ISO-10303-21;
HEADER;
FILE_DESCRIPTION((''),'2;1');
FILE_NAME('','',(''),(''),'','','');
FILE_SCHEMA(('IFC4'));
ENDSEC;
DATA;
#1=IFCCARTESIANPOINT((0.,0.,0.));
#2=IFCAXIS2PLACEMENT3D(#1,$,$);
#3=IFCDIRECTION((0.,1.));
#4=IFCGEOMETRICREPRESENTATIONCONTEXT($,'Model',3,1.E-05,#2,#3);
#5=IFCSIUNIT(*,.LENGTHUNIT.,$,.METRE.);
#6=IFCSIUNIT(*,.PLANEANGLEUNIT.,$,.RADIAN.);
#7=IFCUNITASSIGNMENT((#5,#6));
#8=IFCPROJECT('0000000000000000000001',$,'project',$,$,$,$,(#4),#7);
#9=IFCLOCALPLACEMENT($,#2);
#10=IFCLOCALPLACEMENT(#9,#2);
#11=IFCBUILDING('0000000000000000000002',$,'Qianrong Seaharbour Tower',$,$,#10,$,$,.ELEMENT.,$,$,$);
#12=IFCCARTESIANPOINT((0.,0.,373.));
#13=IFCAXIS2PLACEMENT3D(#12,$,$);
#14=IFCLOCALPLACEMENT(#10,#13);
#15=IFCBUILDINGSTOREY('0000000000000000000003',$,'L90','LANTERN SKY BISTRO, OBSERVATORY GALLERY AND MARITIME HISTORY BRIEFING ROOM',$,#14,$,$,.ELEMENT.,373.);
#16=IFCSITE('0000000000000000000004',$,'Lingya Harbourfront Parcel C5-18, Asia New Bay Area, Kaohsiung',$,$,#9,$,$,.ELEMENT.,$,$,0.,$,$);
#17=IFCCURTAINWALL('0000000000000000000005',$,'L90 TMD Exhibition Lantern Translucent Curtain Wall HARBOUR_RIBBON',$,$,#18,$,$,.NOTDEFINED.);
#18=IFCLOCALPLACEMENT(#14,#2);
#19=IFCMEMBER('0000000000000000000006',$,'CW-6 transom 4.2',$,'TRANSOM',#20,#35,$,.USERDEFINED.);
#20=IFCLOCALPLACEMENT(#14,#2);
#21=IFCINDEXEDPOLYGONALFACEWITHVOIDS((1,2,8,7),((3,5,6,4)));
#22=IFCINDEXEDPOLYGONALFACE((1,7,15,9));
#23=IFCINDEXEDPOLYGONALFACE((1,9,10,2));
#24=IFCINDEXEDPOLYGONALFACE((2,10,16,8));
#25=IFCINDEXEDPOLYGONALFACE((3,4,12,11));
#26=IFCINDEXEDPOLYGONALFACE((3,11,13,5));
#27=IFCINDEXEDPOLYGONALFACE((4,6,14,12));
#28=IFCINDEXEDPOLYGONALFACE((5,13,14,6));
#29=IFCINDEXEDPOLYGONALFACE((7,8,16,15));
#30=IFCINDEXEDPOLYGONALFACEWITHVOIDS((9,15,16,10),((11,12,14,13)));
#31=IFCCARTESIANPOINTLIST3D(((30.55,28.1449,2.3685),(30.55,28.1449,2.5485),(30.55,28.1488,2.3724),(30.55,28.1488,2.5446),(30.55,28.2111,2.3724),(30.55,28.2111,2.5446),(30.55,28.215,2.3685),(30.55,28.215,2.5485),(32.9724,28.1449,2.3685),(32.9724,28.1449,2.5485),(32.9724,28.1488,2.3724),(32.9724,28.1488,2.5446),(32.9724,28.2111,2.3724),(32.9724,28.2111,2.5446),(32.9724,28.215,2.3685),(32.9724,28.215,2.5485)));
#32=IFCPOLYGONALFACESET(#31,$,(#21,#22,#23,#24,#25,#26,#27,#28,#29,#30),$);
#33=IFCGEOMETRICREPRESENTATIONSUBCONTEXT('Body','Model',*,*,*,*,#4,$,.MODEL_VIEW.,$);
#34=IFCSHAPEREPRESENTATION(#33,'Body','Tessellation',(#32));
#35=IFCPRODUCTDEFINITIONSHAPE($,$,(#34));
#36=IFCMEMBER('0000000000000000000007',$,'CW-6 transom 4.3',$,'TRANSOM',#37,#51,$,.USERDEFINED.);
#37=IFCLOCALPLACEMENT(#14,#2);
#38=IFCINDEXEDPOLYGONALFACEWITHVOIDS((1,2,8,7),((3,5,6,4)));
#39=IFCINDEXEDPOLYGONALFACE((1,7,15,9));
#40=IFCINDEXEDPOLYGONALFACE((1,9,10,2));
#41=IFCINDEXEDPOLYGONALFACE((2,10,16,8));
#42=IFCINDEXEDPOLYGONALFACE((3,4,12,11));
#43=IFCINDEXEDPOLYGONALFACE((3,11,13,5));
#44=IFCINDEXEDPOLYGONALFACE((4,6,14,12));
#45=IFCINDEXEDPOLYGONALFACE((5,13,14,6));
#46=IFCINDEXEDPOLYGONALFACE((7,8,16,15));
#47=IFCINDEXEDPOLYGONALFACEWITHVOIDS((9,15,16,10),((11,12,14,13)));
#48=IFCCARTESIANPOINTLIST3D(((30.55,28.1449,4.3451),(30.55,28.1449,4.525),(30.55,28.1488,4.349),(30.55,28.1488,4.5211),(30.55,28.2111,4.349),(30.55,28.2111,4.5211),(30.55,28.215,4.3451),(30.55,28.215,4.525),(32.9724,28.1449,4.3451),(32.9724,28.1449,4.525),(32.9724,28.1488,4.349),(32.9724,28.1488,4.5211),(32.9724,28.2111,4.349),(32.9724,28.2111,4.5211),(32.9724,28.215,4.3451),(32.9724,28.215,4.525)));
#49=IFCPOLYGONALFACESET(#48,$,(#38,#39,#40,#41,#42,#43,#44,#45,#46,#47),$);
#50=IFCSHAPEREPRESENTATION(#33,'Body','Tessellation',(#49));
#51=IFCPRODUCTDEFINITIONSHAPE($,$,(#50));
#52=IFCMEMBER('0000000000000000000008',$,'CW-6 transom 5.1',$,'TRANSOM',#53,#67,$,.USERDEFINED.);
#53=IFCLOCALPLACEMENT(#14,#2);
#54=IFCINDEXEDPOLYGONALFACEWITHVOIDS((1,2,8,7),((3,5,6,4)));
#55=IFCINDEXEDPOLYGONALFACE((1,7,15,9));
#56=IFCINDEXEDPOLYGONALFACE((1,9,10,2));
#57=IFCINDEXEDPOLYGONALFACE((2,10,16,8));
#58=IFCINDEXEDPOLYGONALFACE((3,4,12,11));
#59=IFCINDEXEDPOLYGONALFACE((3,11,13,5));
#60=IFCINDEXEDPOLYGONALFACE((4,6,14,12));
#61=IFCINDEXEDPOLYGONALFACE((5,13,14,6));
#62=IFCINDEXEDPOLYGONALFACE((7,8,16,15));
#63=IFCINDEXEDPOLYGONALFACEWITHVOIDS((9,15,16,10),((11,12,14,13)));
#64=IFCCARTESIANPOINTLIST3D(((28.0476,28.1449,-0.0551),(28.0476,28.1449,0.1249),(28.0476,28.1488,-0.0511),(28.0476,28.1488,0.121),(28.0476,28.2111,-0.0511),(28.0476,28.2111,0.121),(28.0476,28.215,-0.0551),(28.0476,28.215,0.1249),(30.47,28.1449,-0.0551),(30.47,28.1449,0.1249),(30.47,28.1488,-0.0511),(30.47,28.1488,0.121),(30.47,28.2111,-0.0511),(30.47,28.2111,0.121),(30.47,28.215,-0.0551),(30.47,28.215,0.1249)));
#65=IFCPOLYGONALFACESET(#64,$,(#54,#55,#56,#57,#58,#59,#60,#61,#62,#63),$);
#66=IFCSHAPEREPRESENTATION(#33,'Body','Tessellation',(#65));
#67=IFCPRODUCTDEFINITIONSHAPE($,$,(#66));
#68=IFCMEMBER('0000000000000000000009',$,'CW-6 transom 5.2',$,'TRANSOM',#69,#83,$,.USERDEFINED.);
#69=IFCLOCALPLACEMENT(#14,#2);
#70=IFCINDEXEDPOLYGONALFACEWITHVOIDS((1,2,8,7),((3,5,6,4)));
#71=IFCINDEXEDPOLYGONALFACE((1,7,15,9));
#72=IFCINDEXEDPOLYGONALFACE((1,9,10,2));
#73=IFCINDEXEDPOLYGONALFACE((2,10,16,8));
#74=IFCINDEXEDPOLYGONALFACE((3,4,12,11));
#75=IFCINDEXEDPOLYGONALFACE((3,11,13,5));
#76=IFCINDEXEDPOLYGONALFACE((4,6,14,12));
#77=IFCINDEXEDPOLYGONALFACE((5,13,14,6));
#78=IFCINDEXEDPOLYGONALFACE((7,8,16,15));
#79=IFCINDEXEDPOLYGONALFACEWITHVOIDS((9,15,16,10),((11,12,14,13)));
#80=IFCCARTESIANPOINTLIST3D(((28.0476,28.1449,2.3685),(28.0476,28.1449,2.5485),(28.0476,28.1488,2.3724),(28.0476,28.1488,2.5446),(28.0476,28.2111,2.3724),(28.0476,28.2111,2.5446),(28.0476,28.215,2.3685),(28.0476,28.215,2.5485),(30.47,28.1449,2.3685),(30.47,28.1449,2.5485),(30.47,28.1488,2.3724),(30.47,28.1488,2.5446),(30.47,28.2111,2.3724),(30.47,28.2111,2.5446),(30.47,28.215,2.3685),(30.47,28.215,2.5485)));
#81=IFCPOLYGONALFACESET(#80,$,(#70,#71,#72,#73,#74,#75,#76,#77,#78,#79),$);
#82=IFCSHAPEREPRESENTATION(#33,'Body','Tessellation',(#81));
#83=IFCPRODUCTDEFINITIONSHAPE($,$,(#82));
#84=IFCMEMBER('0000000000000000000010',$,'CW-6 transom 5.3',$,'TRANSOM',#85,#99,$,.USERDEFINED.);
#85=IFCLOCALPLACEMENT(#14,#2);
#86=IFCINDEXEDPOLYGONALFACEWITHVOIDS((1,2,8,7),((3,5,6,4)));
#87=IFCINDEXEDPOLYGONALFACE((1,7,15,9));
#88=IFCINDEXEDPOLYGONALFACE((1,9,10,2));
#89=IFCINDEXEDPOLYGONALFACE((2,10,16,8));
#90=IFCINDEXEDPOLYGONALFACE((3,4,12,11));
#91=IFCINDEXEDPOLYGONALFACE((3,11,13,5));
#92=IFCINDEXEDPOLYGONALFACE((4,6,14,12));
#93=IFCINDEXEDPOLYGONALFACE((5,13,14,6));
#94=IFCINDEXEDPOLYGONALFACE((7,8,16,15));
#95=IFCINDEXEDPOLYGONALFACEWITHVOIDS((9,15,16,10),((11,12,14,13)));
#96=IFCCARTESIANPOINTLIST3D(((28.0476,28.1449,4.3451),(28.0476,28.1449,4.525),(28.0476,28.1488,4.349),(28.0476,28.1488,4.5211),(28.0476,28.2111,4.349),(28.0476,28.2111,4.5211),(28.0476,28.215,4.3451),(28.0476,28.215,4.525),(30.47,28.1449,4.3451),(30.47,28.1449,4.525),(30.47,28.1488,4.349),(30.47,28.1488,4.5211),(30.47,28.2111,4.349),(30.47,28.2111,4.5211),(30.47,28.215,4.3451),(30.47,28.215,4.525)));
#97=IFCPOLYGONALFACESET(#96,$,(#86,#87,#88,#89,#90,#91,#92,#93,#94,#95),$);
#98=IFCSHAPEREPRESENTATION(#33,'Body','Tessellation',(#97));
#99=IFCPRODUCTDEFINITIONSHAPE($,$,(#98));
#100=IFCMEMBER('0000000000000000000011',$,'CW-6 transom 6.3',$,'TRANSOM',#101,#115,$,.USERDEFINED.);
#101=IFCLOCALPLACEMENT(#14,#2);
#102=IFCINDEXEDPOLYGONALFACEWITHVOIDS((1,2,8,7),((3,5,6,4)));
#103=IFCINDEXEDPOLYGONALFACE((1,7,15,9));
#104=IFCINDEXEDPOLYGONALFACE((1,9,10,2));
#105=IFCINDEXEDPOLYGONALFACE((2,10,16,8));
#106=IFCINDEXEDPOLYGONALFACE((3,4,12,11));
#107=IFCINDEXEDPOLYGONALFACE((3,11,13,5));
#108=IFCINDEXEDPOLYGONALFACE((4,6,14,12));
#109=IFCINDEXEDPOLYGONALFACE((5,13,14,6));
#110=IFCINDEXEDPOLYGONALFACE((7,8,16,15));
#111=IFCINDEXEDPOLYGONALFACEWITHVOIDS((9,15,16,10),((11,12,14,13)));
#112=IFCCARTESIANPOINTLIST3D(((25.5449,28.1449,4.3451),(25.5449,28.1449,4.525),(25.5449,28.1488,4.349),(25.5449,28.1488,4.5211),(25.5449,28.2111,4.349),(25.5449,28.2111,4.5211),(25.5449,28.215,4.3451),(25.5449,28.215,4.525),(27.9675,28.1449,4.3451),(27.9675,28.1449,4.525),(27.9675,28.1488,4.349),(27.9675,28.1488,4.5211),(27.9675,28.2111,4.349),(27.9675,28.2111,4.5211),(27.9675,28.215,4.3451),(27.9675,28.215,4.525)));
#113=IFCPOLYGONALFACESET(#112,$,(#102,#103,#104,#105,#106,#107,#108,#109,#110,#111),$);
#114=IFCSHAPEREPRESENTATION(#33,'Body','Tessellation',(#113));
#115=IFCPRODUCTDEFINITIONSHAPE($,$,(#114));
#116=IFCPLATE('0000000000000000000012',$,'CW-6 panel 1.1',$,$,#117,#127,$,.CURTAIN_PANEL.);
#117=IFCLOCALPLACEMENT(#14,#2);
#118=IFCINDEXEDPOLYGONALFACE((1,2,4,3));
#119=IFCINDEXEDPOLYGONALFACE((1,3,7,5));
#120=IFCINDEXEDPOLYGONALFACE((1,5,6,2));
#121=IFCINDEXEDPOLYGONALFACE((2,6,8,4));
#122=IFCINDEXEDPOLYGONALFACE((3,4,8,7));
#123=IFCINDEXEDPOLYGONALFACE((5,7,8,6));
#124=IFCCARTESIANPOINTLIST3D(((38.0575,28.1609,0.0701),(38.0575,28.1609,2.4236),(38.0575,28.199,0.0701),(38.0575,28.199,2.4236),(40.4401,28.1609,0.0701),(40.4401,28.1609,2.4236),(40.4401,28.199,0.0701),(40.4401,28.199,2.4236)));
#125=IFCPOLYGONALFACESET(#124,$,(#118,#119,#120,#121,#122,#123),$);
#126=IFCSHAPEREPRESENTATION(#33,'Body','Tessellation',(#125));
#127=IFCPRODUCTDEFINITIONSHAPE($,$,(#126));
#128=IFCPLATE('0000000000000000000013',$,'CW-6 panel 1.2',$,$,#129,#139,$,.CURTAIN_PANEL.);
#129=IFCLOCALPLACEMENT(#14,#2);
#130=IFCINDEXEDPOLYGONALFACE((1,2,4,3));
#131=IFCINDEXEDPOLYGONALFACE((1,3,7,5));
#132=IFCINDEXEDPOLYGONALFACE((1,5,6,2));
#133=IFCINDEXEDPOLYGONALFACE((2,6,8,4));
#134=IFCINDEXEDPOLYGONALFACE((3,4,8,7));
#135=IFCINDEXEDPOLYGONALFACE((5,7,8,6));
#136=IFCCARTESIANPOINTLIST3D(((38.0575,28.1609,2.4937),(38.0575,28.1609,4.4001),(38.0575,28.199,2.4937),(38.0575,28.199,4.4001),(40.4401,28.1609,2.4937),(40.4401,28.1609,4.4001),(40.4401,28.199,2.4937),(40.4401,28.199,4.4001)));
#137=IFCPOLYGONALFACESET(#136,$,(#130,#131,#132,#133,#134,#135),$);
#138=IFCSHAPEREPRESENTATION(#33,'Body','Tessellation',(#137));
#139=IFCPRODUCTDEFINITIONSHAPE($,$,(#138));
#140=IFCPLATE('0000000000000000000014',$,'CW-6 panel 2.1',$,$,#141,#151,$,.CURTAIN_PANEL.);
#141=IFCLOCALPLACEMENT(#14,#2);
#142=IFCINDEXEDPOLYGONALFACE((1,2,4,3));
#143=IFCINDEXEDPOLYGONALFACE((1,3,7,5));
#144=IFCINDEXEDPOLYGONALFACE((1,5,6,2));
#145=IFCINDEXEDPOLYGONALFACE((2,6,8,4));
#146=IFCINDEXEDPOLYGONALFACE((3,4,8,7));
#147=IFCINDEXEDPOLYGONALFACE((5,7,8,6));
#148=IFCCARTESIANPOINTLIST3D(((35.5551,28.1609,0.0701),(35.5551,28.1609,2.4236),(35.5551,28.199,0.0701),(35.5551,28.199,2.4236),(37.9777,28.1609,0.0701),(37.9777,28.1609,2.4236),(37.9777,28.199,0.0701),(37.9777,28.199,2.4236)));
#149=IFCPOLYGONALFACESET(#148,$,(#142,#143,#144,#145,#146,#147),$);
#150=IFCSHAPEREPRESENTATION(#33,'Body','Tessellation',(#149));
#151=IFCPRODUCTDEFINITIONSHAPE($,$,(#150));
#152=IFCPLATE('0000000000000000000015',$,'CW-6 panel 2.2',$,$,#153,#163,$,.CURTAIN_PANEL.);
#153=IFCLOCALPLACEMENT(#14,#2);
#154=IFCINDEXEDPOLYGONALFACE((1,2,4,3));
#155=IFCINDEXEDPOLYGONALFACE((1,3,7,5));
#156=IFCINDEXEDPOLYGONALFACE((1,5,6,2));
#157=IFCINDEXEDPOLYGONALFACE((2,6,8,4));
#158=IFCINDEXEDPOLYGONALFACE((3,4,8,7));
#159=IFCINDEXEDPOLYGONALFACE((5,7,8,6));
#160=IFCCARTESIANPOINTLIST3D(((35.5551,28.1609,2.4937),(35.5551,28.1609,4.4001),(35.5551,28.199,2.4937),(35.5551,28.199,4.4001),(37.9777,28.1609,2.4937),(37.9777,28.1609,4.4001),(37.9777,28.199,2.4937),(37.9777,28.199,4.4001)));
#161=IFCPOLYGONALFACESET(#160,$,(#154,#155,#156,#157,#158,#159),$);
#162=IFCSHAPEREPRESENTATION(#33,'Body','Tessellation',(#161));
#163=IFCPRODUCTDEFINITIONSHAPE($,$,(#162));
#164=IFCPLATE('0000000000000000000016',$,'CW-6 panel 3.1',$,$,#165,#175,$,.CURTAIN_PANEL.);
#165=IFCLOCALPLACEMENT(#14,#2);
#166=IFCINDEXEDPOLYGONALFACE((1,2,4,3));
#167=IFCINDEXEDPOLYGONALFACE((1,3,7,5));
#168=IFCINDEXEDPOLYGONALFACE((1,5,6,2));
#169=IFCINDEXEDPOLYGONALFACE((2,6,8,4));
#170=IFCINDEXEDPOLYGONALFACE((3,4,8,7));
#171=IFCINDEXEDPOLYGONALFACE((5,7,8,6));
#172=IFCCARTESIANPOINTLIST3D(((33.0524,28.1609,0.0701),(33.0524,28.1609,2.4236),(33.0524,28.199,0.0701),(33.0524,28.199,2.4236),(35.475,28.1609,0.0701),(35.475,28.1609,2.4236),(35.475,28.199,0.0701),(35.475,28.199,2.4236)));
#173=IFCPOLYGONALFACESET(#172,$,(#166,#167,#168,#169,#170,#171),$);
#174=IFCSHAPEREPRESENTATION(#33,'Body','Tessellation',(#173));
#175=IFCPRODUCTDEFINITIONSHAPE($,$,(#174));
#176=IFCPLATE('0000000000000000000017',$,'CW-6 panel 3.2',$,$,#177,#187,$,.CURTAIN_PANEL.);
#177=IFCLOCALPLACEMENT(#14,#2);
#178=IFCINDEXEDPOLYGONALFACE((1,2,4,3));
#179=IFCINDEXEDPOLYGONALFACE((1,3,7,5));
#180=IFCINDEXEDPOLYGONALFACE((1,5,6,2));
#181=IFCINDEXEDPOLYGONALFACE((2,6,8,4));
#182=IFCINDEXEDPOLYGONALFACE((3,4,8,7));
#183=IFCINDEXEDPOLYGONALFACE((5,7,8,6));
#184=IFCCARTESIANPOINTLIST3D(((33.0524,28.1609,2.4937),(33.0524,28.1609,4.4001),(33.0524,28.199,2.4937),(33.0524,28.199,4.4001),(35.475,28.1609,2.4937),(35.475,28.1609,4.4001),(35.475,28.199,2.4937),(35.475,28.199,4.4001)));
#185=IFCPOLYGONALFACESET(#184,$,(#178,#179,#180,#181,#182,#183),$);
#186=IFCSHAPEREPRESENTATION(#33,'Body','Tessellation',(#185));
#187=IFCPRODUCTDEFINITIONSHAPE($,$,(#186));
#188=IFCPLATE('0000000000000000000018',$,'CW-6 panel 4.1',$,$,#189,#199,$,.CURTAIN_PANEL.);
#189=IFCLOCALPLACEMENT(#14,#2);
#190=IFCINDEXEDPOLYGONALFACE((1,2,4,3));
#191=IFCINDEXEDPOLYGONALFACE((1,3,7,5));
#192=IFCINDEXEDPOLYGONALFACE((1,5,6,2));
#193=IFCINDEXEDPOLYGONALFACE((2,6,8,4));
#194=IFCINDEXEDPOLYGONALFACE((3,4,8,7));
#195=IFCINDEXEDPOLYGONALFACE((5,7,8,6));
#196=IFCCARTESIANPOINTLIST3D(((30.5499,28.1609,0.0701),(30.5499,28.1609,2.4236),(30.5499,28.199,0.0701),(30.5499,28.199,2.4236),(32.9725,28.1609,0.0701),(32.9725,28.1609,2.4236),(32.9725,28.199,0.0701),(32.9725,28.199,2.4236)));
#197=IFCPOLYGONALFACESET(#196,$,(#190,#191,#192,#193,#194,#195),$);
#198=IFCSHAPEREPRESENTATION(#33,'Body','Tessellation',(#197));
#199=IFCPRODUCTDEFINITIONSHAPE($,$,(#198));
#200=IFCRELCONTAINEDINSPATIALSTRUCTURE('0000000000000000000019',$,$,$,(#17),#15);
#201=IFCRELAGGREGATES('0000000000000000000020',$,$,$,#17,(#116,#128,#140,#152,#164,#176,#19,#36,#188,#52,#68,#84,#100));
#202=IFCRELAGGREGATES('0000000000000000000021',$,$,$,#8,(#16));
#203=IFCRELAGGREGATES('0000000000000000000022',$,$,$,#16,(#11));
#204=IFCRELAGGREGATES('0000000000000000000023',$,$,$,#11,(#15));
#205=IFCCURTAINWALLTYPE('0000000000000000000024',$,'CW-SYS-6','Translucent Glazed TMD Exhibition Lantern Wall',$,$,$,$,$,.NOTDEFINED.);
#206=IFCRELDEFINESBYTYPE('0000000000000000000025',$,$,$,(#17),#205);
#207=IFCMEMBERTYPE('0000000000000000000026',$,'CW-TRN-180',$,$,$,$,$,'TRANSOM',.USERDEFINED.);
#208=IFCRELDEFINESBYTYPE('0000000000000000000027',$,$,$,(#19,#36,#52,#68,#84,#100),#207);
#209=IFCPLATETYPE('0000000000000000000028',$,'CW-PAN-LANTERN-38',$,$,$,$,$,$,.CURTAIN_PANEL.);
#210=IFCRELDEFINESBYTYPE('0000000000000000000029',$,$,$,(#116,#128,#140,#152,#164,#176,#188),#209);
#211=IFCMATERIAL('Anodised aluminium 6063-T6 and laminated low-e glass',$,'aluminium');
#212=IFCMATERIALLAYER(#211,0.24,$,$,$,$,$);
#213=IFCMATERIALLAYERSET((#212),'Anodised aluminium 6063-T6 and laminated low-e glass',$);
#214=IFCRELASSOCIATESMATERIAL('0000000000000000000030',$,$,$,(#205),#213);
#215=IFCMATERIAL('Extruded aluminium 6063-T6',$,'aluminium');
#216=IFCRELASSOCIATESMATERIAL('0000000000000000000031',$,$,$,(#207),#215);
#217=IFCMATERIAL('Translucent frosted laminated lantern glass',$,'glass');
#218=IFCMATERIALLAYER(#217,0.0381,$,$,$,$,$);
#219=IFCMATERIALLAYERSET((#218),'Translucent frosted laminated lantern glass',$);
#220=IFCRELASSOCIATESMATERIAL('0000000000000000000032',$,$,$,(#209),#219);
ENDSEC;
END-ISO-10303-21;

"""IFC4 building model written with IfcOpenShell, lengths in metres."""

from ifc_helpers import new_model, si_unit, direction, frame, origin, origin_2d, place, context, subcontext, project, spatial, rectangle, hollow_rectangle, extrude, material, layer, layer_set, material_profile, profile_set, type_object, element, aggregate, save


model = new_model("IFC4")

# Units and contexts
model_context = context("Model", 3, precision=1e-05, world=origin(), true_north=direction((0.0, 1.0)))
body_context = subcontext(model_context, "Body", "Model", "MODEL_VIEW")
ifc_project = project(units=[si_unit("LENGTHUNIT", "METRE"), si_unit("PLANEANGLEUNIT", "RADIAN")], contexts=[model_context])

# Site, building, storey
site_placement = place(None, origin())
site = spatial("IfcSite", under=ifc_project, at=site_placement, Name="Lingya Harbourfront Parcel C5-18, Asia New Bay Area, Kaohsiung", CompositionType="ELEMENT", RefElevation=0.0)
building_placement = place(site_placement, origin())
building = spatial("IfcBuilding", under=site, at=building_placement, Name="Qianrong Seaharbour Tower", CompositionType="ELEMENT")
storey_placement = place(building_placement, frame((0.0, 0.0, 373.0)))
storey = spatial("IfcBuildingStorey", under=building, at=storey_placement, Name="L90", Description="LANTERN SKY BISTRO, OBSERVATORY GALLERY AND MARITIME HISTORY BRIEFING ROOM", CompositionType="ELEMENT", Elevation=373.0)

# Curtain wall, members, plates
ifc_material_1 = material(Name="Anodised aluminium 6063-T6 and laminated low-e glass", Category="aluminium")
ifc_layer_1 = layer(ifc_material_1, 0.24)
ifc_layer_set_1 = layer_set([ifc_layer_1], Name="Anodised aluminium 6063-T6 and laminated low-e glass")
curtain_wall_type = type_object("IfcCurtainWallType", Name="CW-SYS-6", Description="Translucent Glazed TMD Exhibition Lantern Wall", PredefinedType="NOTDEFINED", material=ifc_layer_set_1)
curtain_wall_placement = place(storey_placement, origin())
curtain_wall = element("IfcCurtainWall", 1, at=curtain_wall_placement, inside=storey, type_object=curtain_wall_type, Name="L90 TMD Exhibition Lantern Translucent Curtain Wall HARBOUR_RIBBON", PredefinedType="NOTDEFINED")
ifc_material_2 = material(Name="Extruded aluminium 6063-T6", Category="aluminium")
ifc_material_profile_1 = material_profile(ifc_material_2, hollow_rectangle(XDim=0.0701, YDim=0.1799, WallThickness=0.0039, at=origin_2d()), Name="ALU-TRN-180x70x4")
ifc_profile_set_1 = profile_set([ifc_material_profile_1], Name="Extruded aluminium 6063-T6")
member_type_1 = type_object("IfcMemberType", Name="CW-TRN-180", ElementType="TRANSOM", PredefinedType="USERDEFINED", material=ifc_profile_set_1)
member_1_placement = place(storey_placement, frame((32.9724, 28.1799, 2.4585), z_axis=(-1.0, 0.0, 0.0), x_axis=(0.0, -1.0, 0.0)))
member_1 = element("IfcMember", 2, at=member_1_placement, type_object=member_type_1, Name="CW-6 transom 4.2", ObjectType="TRANSOM", PredefinedType="USERDEFINED", context=body_context, shape_type="SweptSolid", body=[
    extrude(hollow_rectangle(XDim=0.0701, YDim=0.1799, WallThickness=0.0039, at=origin_2d()), origin(), (0.0, 0.0, 1.0), 2.4224),
])
member_2_placement = place(storey_placement, frame((32.9724, 28.1799, 4.4351), z_axis=(-1.0, 0.0, 0.0), x_axis=(0.0, -1.0, 0.0)))
member_2 = element("IfcMember", 3, at=member_2_placement, type_object=member_type_1, Name="CW-6 transom 4.3", ObjectType="TRANSOM", PredefinedType="USERDEFINED", context=body_context, shape_type="SweptSolid", body=[
    extrude(hollow_rectangle(XDim=0.0701, YDim=0.1799, WallThickness=0.0039, at=origin_2d()), origin(), (0.0, 0.0, 1.0), 2.4224),
])
member_3_placement = place(storey_placement, frame((30.47, 28.1799, 0.0349), z_axis=(-1.0, 0.0, 0.0), x_axis=(0.0, -1.0, 0.0)))
member_3 = element("IfcMember", 4, at=member_3_placement, type_object=member_type_1, Name="CW-6 transom 5.1", ObjectType="TRANSOM", PredefinedType="USERDEFINED", context=body_context, shape_type="SweptSolid", body=[
    extrude(hollow_rectangle(XDim=0.0701, YDim=0.1799, WallThickness=0.0039, at=origin_2d()), origin(), (0.0, 0.0, 1.0), 2.4224),
])
member_4_placement = place(storey_placement, frame((30.47, 28.1799, 2.4585), z_axis=(-1.0, 0.0, 0.0), x_axis=(0.0, -1.0, 0.0)))
member_4 = element("IfcMember", 5, at=member_4_placement, type_object=member_type_1, Name="CW-6 transom 5.2", ObjectType="TRANSOM", PredefinedType="USERDEFINED", context=body_context, shape_type="SweptSolid", body=[
    extrude(hollow_rectangle(XDim=0.0701, YDim=0.1799, WallThickness=0.0039, at=origin_2d()), origin(), (0.0, 0.0, 1.0), 2.4224),
])
member_5_placement = place(storey_placement, frame((30.47, 28.1799, 4.4351), z_axis=(-1.0, 0.0, 0.0), x_axis=(0.0, -1.0, 0.0)))
member_5 = element("IfcMember", 6, at=member_5_placement, type_object=member_type_1, Name="CW-6 transom 5.3", ObjectType="TRANSOM", PredefinedType="USERDEFINED", context=body_context, shape_type="SweptSolid", body=[
    extrude(hollow_rectangle(XDim=0.0701, YDim=0.1799, WallThickness=0.0039, at=origin_2d()), origin(), (0.0, 0.0, 1.0), 2.4224),
])
member_6_placement = place(storey_placement, frame((27.9675, 28.1799, 4.4351), z_axis=(-1.0, 0.0, 0.0), x_axis=(0.0, -1.0, 0.0)))
member_6 = element("IfcMember", 7, at=member_6_placement, type_object=member_type_1, Name="CW-6 transom 6.3", ObjectType="TRANSOM", PredefinedType="USERDEFINED", context=body_context, shape_type="SweptSolid", body=[
    extrude(hollow_rectangle(XDim=0.0701, YDim=0.1799, WallThickness=0.0039, at=origin_2d()), origin(), (0.0, 0.0, 1.0), 2.4226),
])
ifc_material_3 = material(Name="Translucent frosted laminated lantern glass", Category="glass")
ifc_layer_2 = layer(ifc_material_3, 0.0381)
ifc_layer_set_2 = layer_set([ifc_layer_2], Name="Translucent frosted laminated lantern glass")
plate_type = type_object("IfcPlateType", Name="CW-PAN-LANTERN-38", PredefinedType="CURTAIN_PANEL", material=ifc_layer_set_2)
plate_1_placement = place(storey_placement, frame((39.2488, 28.1799, 0.0701), z_axis=(0.0, 0.0, 1.0), x_axis=(-1.0, 0.0, 0.0)))
plate_1 = element("IfcPlate", 8, at=plate_1_placement, type_object=plate_type, Name="CW-6 panel 1.1", PredefinedType="CURTAIN_PANEL", context=body_context, shape_type="SweptSolid", body=[
    extrude(rectangle(XDim=2.3826, YDim=0.0381, at=origin_2d()), origin(), (0.0, 0.0, 1.0), 2.3535),
])
plate_2_placement = place(storey_placement, frame((39.2488, 28.1799, 2.4937), z_axis=(0.0, 0.0, 1.0), x_axis=(-1.0, 0.0, 0.0)))
plate_2 = element("IfcPlate", 9, at=plate_2_placement, type_object=plate_type, Name="CW-6 panel 1.2", PredefinedType="CURTAIN_PANEL", context=body_context, shape_type="SweptSolid", body=[
    extrude(rectangle(XDim=2.3826, YDim=0.0381, at=origin_2d()), origin(), (0.0, 0.0, 1.0), 1.9065),
])
plate_3_placement = place(storey_placement, frame((36.7664, 28.1799, 0.0701), z_axis=(0.0, 0.0, 1.0), x_axis=(-1.0, 0.0, 0.0)))
plate_3 = element("IfcPlate", 10, at=plate_3_placement, type_object=plate_type, Name="CW-6 panel 2.1", PredefinedType="CURTAIN_PANEL", context=body_context, shape_type="SweptSolid", body=[
    extrude(rectangle(XDim=2.4226, YDim=0.0381, at=origin_2d()), origin(), (0.0, 0.0, 1.0), 2.3535),
])
plate_4_placement = place(storey_placement, frame((36.7664, 28.1799, 2.4937), z_axis=(0.0, 0.0, 1.0), x_axis=(-1.0, 0.0, 0.0)))
plate_4 = element("IfcPlate", 11, at=plate_4_placement, type_object=plate_type, Name="CW-6 panel 2.2", PredefinedType="CURTAIN_PANEL", context=body_context, shape_type="SweptSolid", body=[
    extrude(rectangle(XDim=2.4226, YDim=0.0381, at=origin_2d()), origin(), (0.0, 0.0, 1.0), 1.9065),
])
plate_5_placement = place(storey_placement, frame((34.2637, 28.1799, 0.0701), z_axis=(0.0, 0.0, 1.0), x_axis=(-1.0, 0.0, 0.0)))
plate_5 = element("IfcPlate", 12, at=plate_5_placement, type_object=plate_type, Name="CW-6 panel 3.1", PredefinedType="CURTAIN_PANEL", context=body_context, shape_type="SweptSolid", body=[
    extrude(rectangle(XDim=2.4226, YDim=0.0381, at=origin_2d()), origin(), (0.0, 0.0, 1.0), 2.3535),
])
plate_6_placement = place(storey_placement, frame((34.2637, 28.1799, 2.4937), z_axis=(0.0, 0.0, 1.0), x_axis=(-1.0, 0.0, 0.0)))
plate_6 = element("IfcPlate", 13, at=plate_6_placement, type_object=plate_type, Name="CW-6 panel 3.2", PredefinedType="CURTAIN_PANEL", context=body_context, shape_type="SweptSolid", body=[
    extrude(rectangle(XDim=2.4226, YDim=0.0381, at=origin_2d()), origin(), (0.0, 0.0, 1.0), 1.9065),
])
plate_7_placement = place(storey_placement, frame((31.7612, 28.1799, 0.0701), z_axis=(0.0, 0.0, 1.0), x_axis=(-1.0, 0.0, 0.0)))
plate_7 = element("IfcPlate", 14, at=plate_7_placement, type_object=plate_type, Name="CW-6 panel 4.1", PredefinedType="CURTAIN_PANEL", context=body_context, shape_type="SweptSolid", body=[
    extrude(rectangle(XDim=2.4226, YDim=0.0381, at=origin_2d()), origin(), (0.0, 0.0, 1.0), 2.3535),
])
aggregate(curtain_wall, [plate_1, plate_2, plate_3, plate_4, plate_5, plate_6, member_1, member_2, plate_7, member_3, member_4, member_5, member_6])

save(model, "model.ifc")
